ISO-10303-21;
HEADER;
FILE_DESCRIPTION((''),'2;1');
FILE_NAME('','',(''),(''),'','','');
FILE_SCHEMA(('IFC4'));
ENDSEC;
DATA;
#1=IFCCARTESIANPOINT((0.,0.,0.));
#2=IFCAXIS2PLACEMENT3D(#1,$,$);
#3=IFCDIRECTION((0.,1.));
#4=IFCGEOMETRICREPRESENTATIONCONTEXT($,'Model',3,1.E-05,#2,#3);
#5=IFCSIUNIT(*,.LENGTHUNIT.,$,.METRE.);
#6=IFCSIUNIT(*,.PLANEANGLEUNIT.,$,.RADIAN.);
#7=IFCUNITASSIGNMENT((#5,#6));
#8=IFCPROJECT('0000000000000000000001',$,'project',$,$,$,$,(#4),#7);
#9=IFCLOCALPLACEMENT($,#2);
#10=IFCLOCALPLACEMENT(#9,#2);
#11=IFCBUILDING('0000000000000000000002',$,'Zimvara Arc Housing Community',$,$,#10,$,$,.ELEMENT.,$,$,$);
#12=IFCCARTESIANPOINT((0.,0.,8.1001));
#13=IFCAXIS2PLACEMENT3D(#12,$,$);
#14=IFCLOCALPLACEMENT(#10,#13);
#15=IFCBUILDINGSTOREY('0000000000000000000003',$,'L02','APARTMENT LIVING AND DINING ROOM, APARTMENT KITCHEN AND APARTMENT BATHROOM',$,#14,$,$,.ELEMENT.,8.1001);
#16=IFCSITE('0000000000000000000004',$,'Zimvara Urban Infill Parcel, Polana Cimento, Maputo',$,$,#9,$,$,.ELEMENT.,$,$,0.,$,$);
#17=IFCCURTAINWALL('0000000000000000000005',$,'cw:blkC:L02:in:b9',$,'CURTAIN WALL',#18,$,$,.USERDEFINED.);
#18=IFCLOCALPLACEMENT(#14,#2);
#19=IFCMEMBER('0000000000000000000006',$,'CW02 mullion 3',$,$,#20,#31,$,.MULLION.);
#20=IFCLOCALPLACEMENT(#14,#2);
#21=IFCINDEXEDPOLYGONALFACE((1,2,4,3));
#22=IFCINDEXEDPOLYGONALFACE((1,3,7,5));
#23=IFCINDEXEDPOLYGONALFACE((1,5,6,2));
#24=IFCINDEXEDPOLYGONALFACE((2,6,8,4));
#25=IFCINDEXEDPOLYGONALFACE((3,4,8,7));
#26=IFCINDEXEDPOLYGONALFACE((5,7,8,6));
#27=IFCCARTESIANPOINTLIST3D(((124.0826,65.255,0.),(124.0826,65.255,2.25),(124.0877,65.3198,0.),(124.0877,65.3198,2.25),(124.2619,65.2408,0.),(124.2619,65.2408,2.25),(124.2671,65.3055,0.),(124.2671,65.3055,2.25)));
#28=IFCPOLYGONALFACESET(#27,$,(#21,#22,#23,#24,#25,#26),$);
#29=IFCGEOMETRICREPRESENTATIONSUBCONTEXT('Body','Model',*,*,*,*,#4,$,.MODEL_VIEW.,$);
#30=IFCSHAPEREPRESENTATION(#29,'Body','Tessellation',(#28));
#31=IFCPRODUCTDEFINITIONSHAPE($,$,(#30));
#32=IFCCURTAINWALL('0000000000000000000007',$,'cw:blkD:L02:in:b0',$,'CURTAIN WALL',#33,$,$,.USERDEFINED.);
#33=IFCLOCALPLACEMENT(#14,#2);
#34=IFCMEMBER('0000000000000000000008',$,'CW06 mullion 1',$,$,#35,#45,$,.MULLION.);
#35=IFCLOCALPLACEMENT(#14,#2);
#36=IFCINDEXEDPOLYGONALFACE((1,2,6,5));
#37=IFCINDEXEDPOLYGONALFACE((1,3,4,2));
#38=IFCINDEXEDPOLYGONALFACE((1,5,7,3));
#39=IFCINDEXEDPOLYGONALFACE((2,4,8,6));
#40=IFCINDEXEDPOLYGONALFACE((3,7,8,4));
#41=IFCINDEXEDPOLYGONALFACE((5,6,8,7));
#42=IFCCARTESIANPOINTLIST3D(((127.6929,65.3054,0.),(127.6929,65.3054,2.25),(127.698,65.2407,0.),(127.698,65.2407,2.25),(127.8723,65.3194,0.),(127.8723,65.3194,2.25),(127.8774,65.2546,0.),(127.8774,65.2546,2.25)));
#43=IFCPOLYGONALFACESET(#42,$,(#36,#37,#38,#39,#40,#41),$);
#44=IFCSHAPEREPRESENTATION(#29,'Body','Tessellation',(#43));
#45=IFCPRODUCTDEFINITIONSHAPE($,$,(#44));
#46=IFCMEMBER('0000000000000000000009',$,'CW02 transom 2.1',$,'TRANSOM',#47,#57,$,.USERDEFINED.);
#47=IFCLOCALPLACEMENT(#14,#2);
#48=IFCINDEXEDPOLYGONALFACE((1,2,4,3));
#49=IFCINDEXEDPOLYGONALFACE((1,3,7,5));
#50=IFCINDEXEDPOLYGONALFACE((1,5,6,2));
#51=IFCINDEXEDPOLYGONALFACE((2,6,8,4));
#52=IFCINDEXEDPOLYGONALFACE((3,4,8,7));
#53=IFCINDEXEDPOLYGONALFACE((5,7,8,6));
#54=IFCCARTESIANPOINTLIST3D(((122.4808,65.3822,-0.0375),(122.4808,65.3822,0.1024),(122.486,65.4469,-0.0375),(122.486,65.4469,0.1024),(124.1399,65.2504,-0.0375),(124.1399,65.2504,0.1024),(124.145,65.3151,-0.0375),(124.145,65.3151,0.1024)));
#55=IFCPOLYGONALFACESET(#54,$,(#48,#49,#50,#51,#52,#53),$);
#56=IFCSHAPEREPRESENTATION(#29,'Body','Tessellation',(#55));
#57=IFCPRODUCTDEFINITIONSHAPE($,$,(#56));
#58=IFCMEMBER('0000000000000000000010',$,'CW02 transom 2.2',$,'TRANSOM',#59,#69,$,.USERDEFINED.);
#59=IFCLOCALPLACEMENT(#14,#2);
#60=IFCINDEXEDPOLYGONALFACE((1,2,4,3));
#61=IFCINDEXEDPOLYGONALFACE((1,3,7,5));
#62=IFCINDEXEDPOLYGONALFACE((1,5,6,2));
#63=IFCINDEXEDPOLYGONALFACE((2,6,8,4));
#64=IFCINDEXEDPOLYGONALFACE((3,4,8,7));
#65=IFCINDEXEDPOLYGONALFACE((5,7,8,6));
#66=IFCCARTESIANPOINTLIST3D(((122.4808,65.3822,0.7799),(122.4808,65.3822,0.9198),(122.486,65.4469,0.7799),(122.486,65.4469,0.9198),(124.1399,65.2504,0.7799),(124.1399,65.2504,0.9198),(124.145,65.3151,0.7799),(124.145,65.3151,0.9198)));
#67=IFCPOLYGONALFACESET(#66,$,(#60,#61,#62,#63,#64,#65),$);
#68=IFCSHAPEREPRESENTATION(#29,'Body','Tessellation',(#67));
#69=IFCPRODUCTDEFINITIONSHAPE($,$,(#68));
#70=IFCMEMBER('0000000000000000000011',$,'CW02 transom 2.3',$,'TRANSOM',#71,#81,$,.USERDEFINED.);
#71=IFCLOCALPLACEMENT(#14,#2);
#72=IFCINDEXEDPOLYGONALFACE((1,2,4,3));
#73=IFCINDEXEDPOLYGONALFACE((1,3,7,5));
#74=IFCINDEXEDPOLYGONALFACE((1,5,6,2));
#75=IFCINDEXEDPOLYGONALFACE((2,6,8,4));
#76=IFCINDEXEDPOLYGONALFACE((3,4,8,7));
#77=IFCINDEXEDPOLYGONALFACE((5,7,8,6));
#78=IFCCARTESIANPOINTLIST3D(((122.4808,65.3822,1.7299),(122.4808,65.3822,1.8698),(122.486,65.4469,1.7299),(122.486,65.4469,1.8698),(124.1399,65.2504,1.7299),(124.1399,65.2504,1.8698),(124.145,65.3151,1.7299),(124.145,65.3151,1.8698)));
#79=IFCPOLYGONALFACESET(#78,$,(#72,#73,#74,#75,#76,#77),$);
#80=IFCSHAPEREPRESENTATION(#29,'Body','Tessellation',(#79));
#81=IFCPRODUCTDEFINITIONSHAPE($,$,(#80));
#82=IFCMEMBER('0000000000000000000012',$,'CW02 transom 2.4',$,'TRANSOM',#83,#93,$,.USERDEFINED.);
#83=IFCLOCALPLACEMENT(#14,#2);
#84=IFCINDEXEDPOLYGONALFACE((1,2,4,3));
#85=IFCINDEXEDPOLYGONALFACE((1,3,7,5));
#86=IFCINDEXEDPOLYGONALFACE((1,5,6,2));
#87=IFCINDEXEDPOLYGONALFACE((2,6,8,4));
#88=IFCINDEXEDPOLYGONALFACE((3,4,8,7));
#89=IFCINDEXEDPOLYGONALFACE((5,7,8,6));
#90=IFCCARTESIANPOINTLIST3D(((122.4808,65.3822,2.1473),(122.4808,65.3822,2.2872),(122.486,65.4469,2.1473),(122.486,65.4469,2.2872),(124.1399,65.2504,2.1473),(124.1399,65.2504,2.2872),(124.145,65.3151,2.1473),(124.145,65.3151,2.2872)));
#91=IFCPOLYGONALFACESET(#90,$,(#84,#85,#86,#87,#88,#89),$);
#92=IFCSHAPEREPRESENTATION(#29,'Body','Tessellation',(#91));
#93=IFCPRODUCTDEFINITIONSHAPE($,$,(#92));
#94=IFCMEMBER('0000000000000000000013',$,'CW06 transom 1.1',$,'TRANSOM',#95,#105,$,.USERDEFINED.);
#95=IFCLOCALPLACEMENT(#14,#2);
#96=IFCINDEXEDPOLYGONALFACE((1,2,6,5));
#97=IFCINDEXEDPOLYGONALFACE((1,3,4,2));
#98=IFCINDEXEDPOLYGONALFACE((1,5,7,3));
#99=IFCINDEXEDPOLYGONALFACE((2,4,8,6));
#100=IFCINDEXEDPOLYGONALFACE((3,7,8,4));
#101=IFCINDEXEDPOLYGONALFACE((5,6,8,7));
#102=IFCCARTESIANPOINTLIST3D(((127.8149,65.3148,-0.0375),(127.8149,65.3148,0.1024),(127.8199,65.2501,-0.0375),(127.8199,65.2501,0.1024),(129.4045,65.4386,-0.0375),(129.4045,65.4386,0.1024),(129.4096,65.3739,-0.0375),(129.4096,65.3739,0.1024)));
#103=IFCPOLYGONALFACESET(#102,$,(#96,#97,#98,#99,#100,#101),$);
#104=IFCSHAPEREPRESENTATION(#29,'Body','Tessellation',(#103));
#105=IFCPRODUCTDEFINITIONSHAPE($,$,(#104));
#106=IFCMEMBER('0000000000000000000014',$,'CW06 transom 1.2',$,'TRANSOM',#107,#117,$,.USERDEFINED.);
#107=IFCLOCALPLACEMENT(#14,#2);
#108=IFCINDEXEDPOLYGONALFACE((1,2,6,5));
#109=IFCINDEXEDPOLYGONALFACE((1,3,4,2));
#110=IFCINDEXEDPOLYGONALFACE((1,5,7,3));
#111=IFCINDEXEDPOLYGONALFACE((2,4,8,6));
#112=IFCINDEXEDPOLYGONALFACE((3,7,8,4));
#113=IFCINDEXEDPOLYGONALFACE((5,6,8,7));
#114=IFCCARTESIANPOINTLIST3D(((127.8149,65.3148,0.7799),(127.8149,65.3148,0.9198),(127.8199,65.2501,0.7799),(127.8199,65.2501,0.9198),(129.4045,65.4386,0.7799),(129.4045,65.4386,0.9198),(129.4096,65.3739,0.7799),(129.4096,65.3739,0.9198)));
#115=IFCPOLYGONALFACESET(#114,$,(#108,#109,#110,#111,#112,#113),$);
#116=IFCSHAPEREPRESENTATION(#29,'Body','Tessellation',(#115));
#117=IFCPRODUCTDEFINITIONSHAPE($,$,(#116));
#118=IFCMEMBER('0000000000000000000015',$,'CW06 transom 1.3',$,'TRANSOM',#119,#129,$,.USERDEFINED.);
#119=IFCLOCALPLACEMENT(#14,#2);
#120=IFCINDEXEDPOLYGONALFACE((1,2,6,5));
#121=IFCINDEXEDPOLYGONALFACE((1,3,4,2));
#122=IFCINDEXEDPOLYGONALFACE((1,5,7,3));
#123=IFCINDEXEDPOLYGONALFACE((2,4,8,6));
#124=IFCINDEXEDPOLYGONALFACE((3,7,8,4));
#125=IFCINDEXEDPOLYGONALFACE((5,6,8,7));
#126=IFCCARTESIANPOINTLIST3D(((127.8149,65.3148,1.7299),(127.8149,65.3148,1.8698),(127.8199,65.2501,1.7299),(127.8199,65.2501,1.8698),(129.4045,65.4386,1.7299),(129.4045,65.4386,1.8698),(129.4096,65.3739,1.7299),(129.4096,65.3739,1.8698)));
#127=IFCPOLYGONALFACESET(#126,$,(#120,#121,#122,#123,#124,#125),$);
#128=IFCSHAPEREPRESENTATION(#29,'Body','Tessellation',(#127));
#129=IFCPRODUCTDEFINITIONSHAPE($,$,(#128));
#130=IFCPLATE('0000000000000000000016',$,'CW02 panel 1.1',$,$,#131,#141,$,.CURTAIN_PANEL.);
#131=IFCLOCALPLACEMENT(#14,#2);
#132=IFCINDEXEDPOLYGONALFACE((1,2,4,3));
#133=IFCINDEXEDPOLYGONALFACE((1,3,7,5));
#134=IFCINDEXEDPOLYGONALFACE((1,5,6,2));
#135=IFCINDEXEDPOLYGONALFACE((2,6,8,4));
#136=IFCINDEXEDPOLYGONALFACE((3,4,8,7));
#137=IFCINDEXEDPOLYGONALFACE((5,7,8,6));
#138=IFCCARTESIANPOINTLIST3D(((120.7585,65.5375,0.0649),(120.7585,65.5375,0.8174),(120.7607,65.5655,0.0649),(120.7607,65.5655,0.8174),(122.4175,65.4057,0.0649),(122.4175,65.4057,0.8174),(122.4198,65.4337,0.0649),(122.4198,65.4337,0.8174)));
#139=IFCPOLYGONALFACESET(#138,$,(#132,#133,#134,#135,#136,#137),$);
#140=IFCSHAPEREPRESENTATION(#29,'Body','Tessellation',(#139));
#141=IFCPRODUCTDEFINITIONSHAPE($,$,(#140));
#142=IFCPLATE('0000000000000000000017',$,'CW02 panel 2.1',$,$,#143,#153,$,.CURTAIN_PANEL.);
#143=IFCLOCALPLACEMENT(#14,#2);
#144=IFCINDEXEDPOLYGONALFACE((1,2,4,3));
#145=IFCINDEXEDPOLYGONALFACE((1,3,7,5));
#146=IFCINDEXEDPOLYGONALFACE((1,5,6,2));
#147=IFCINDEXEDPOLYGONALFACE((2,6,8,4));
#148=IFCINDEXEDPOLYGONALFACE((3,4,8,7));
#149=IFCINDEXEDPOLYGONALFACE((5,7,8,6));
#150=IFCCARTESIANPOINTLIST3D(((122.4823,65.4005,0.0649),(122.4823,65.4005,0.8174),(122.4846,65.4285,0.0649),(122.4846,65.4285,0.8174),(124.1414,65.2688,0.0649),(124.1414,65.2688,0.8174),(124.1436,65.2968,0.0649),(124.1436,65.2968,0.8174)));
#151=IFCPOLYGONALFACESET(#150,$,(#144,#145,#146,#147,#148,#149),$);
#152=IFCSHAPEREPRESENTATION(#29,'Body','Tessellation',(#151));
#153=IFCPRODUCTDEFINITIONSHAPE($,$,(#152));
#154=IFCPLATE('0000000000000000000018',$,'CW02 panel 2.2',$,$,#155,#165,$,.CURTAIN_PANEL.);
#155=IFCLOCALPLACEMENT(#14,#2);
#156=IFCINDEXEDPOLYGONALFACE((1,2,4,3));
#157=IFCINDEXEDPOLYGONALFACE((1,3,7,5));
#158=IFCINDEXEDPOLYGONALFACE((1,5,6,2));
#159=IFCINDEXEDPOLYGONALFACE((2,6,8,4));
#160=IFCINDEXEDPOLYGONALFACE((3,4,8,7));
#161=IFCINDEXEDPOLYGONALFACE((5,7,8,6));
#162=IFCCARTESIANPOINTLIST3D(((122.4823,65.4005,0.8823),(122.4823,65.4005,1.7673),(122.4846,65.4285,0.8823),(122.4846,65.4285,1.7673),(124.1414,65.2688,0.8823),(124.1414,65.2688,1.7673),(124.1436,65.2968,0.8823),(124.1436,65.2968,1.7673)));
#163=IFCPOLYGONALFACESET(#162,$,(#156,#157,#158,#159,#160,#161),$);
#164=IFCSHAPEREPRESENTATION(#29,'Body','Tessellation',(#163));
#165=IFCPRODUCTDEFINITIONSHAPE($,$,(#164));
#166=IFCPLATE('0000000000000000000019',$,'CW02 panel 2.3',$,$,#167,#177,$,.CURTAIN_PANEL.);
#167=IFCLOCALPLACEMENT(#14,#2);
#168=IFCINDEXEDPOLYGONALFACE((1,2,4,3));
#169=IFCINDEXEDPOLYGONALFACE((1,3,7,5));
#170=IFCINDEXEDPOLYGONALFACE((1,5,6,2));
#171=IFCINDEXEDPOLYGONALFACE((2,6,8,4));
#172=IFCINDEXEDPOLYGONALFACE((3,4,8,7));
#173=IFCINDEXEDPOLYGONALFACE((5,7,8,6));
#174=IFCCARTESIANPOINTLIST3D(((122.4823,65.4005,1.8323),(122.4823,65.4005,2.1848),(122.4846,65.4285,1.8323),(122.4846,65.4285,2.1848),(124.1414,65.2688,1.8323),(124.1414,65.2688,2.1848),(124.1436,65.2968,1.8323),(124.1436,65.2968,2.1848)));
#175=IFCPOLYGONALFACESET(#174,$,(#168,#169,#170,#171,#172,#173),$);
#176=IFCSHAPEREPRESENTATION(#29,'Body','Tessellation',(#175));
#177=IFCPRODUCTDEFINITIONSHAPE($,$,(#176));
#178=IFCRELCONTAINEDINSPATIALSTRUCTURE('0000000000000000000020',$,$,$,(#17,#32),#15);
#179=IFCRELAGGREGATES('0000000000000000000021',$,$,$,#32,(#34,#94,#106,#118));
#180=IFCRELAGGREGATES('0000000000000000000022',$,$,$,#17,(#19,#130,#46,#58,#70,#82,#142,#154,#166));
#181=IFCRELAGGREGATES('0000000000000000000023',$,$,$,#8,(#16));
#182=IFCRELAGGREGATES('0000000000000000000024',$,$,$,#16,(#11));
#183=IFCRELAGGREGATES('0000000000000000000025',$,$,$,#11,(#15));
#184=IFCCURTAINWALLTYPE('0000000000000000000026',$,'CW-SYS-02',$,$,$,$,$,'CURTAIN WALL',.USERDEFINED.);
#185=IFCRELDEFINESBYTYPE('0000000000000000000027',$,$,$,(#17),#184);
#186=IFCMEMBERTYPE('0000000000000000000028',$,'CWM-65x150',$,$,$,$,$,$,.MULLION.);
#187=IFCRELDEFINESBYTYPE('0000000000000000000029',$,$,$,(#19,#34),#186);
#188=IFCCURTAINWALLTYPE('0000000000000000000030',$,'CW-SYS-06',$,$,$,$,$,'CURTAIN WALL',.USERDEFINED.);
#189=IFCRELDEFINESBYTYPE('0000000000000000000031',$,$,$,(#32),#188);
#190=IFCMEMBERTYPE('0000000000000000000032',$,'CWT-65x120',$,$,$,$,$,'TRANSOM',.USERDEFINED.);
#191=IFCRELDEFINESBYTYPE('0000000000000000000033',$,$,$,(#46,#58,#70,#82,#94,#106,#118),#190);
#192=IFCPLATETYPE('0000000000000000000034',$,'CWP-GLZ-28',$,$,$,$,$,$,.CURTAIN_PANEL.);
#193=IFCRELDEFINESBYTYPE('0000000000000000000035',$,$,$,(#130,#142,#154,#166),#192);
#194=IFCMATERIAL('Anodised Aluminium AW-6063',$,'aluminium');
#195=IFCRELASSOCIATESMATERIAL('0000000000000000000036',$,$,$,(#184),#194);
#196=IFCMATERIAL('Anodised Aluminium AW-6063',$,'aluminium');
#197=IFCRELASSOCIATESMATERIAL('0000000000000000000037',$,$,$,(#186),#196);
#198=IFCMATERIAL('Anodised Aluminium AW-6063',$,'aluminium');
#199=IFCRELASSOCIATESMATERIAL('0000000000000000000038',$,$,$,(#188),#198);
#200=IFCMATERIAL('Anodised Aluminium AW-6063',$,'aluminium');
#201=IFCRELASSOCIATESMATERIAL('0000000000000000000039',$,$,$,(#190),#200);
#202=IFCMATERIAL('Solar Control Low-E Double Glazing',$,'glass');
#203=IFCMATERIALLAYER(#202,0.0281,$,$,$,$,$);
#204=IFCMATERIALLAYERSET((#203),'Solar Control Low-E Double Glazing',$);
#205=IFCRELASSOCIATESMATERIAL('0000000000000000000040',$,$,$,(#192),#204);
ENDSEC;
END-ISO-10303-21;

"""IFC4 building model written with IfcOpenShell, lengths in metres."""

from ifc_helpers import new_model, si_unit, direction, frame, origin, origin_2d, place, context, subcontext, project, spatial, rectangle, extrude, material, layer, layer_set, material_profile, profile_set, type_object, element, aggregate, save


model = new_model("IFC4")

# Units and contexts
model_context = context("Model", 3, precision=1e-05, world=origin(), true_north=direction((0.0, 1.0)))
body_context = subcontext(model_context, "Body", "Model", "MODEL_VIEW")
ifc_project = project(units=[si_unit("LENGTHUNIT", "METRE"), si_unit("PLANEANGLEUNIT", "RADIAN")], contexts=[model_context])

# Site, building, storey
site_placement = place(None, origin())
site = spatial("IfcSite", under=ifc_project, at=site_placement, Name="Zimvara Urban Infill Parcel, Polana Cimento, Maputo", CompositionType="ELEMENT", RefElevation=0.0)
building_placement = place(site_placement, origin())
building = spatial("IfcBuilding", under=site, at=building_placement, Name="Zimvara Arc Housing Community", CompositionType="ELEMENT")
storey_placement = place(building_placement, frame((0.0, 0.0, 8.1001)))
storey = spatial("IfcBuildingStorey", under=building, at=storey_placement, Name="L02", Description="APARTMENT LIVING AND DINING ROOM, APARTMENT KITCHEN AND APARTMENT BATHROOM", CompositionType="ELEMENT", Elevation=8.1001)

# Curtain wall, member
ifc_material_1 = material(Name="Anodised Aluminium AW-6063", Category="aluminium")
curtain_wall_type_1 = type_object("IfcCurtainWallType", Name="CW-SYS-02", ElementType="CURTAIN WALL", PredefinedType="USERDEFINED", material=ifc_material_1)
curtain_wall_1_placement = place(storey_placement, origin())
curtain_wall_1 = element("IfcCurtainWall", 1, at=curtain_wall_1_placement, inside=storey, type_object=curtain_wall_type_1, Name="cw:blkC:L02:in:b9", ObjectType="CURTAIN WALL", PredefinedType="USERDEFINED")
ifc_material_2 = material(Name="Anodised Aluminium AW-6063", Category="aluminium")
ifc_material_profile_1 = material_profile(ifc_material_2, rectangle(XDim=0.0649, YDim=0.1799, at=origin_2d()), Name="ALU 65x180")
ifc_profile_set_1 = profile_set([ifc_material_profile_1], Name="Anodised Aluminium AW-6063")
member_type_1 = type_object("IfcMemberType", Name="CWM-65x150", PredefinedType="MULLION", material=ifc_profile_set_1)
member_1_placement = place(storey_placement, frame((124.1748, 65.2803, 0.0), z_axis=(0.0, 0.0, 1.0), x_axis=(0.079155, 0.996862, 0.0)))
member_1 = element("IfcMember", 2, at=member_1_placement, type_object=member_type_1, Name="CW02 mullion 3", PredefinedType="MULLION", context=body_context, shape_type="SweptSolid", body=[
    extrude(rectangle(XDim=0.0649, YDim=0.1799, at=origin_2d()), origin(), (0.0, 0.0, 1.0), 2.25),
])

# Curtain wall, member
ifc_material_3 = material(Name="Anodised Aluminium AW-6063", Category="aluminium")
curtain_wall_type_2 = type_object("IfcCurtainWallType", Name="CW-SYS-06", ElementType="CURTAIN WALL", PredefinedType="USERDEFINED", material=ifc_material_3)
curtain_wall_2_placement = place(storey_placement, origin())
curtain_wall_2 = element("IfcCurtainWall", 3, at=curtain_wall_2_placement, inside=storey, type_object=curtain_wall_type_2, Name="cw:blkD:L02:in:b0", ObjectType="CURTAIN WALL", PredefinedType="USERDEFINED")
member_2_placement = place(storey_placement, frame((127.7852, 65.28, 0.0), z_axis=(0.0, 0.0, 1.0), x_axis=(-0.07759, 0.996985, 0.0)))
member_2 = element("IfcMember", 4, at=member_2_placement, type_object=member_type_1, Name="CW06 mullion 1", PredefinedType="MULLION", context=body_context, shape_type="SweptSolid", body=[
    extrude(rectangle(XDim=0.0649, YDim=0.1799, at=origin_2d()), origin(), (0.0, 0.0, 1.0), 2.25),
])

# Members
ifc_material_4 = material(Name="Anodised Aluminium AW-6063", Category="aluminium")
ifc_material_profile_2 = material_profile(ifc_material_4, rectangle(XDim=0.0649, YDim=0.1399, at=origin_2d()), Name="ALU 65x140")
ifc_profile_set_2 = profile_set([ifc_material_profile_2], Name="Anodised Aluminium AW-6063")
member_type_2 = type_object("IfcMemberType", Name="CWT-65x120", ElementType="TRANSOM", PredefinedType="USERDEFINED", material=ifc_profile_set_2)
member_3_placement = place(storey_placement, frame((122.4834, 65.4146, 0.0325), z_axis=(0.996858, -0.079209, 0.0), x_axis=(0.079209, 0.996858, 0.0)))
member_3 = element("IfcMember", 5, at=member_3_placement, type_object=member_type_2, Name="CW02 transom 2.1", ObjectType="TRANSOM", PredefinedType="USERDEFINED", context=body_context, shape_type="SweptSolid", body=[
    extrude(rectangle(XDim=0.0649, YDim=0.1399, at=origin_2d()), origin(), (0.0, 0.0, 1.0), 1.6643),
])
member_4_placement = place(storey_placement, frame((122.4834, 65.4146, 0.8499), z_axis=(0.996858, -0.079209, 0.0), x_axis=(0.079209, 0.996858, 0.0)))
member_4 = element("IfcMember", 6, at=member_4_placement, type_object=member_type_2, Name="CW02 transom 2.2", ObjectType="TRANSOM", PredefinedType="USERDEFINED", context=body_context, shape_type="SweptSolid", body=[
    extrude(rectangle(XDim=0.0649, YDim=0.1399, at=origin_2d()), origin(), (0.0, 0.0, 1.0), 1.6643),
])
member_5_placement = place(storey_placement, frame((122.4834, 65.4146, 1.7998), z_axis=(0.996858, -0.079209, 0.0), x_axis=(0.079209, 0.996858, 0.0)))
member_5 = element("IfcMember", 7, at=member_5_placement, type_object=member_type_2, Name="CW02 transom 2.3", ObjectType="TRANSOM", PredefinedType="USERDEFINED", context=body_context, shape_type="SweptSolid", body=[
    extrude(rectangle(XDim=0.0649, YDim=0.1399, at=origin_2d()), origin(), (0.0, 0.0, 1.0), 1.6643),
])
member_6_placement = place(storey_placement, frame((122.4834, 65.4146, 2.2173), z_axis=(0.996858, -0.079209, 0.0), x_axis=(0.079209, 0.996858, 0.0)))
member_6 = element("IfcMember", 8, at=member_6_placement, type_object=member_type_2, Name="CW02 transom 2.4", ObjectType="TRANSOM", PredefinedType="USERDEFINED", context=body_context, shape_type="SweptSolid", body=[
    extrude(rectangle(XDim=0.0649, YDim=0.1399, at=origin_2d()), origin(), (0.0, 0.0, 1.0), 1.6643),
])
member_7_placement = place(storey_placement, frame((127.8174, 65.2825, 0.0325), z_axis=(0.996982, 0.077633, 0.0), x_axis=(-0.077633, 0.996982, 0.0)))
member_7 = element("IfcMember", 9, at=member_7_placement, type_object=member_type_2, Name="CW06 transom 1.1", ObjectType="TRANSOM", PredefinedType="USERDEFINED", context=body_context, shape_type="SweptSolid", body=[
    extrude(rectangle(XDim=0.0649, YDim=0.1399, at=origin_2d()), origin(), (0.0, 0.0, 1.0), 1.5945),
])
member_8_placement = place(storey_placement, frame((127.8174, 65.2825, 0.8499), z_axis=(0.996982, 0.077633, 0.0), x_axis=(-0.077633, 0.996982, 0.0)))
member_8 = element("IfcMember", 10, at=member_8_placement, type_object=member_type_2, Name="CW06 transom 1.2", ObjectType="TRANSOM", PredefinedType="USERDEFINED", context=body_context, shape_type="SweptSolid", body=[
    extrude(rectangle(XDim=0.0649, YDim=0.1399, at=origin_2d()), origin(), (0.0, 0.0, 1.0), 1.5945),
])
member_9_placement = place(storey_placement, frame((127.8174, 65.2825, 1.7998), z_axis=(0.996982, 0.077633, 0.0), x_axis=(-0.077633, 0.996982, 0.0)))
member_9 = element("IfcMember", 11, at=member_9_placement, type_object=member_type_2, Name="CW06 transom 1.3", ObjectType="TRANSOM", PredefinedType="USERDEFINED", context=body_context, shape_type="SweptSolid", body=[
    extrude(rectangle(XDim=0.0649, YDim=0.1399, at=origin_2d()), origin(), (0.0, 0.0, 1.0), 1.5945),
])
aggregate(curtain_wall_2, [member_2, member_7, member_8, member_9])

# Plates
ifc_material_5 = material(Name="Solar Control Low-E Double Glazing", Category="glass")
ifc_layer_1 = layer(ifc_material_5, 0.0281)
ifc_layer_set_1 = layer_set([ifc_layer_1], Name="Solar Control Low-E Double Glazing")
plate_type = type_object("IfcPlateType", Name="CWP-GLZ-28", PredefinedType="CURTAIN_PANEL", material=ifc_layer_set_1)
plate_1_placement = place(storey_placement, frame((121.5891, 65.4856, 0.0649), z_axis=(0.0, 0.0, 1.0), x_axis=(0.996862, -0.079155, 0.0)))
plate_1 = element("IfcPlate", 12, at=plate_1_placement, type_object=plate_type, Name="CW02 panel 1.1", PredefinedType="CURTAIN_PANEL", context=body_context, shape_type="SweptSolid", body=[
    extrude(rectangle(XDim=1.6643, YDim=0.0281, at=origin_2d()), origin(), (0.0, 0.0, 1.0), 0.7524),
])
plate_2_placement = place(storey_placement, frame((123.313, 65.3486, 0.0649), z_axis=(0.0, 0.0, 1.0), x_axis=(0.996862, -0.079155, 0.0)))
plate_2 = element("IfcPlate", 13, at=plate_2_placement, type_object=plate_type, Name="CW02 panel 2.1", PredefinedType="CURTAIN_PANEL", context=body_context, shape_type="SweptSolid", body=[
    extrude(rectangle(XDim=1.6643, YDim=0.0281, at=origin_2d()), origin(), (0.0, 0.0, 1.0), 0.7524),
])
plate_3_placement = place(storey_placement, frame((123.313, 65.3486, 0.8823), z_axis=(0.0, 0.0, 1.0), x_axis=(0.996862, -0.079155, 0.0)))
plate_3 = element("IfcPlate", 14, at=plate_3_placement, type_object=plate_type, Name="CW02 panel 2.2", PredefinedType="CURTAIN_PANEL", context=body_context, shape_type="SweptSolid", body=[
    extrude(rectangle(XDim=1.6643, YDim=0.0281, at=origin_2d()), origin(), (0.0, 0.0, 1.0), 0.885),
])
plate_4_placement = place(storey_placement, frame((123.313, 65.3486, 1.8323), z_axis=(0.0, 0.0, 1.0), x_axis=(0.996862, -0.079155, 0.0)))
plate_4 = element("IfcPlate", 15, at=plate_4_placement, type_object=plate_type, Name="CW02 panel 2.3", PredefinedType="CURTAIN_PANEL", context=body_context, shape_type="SweptSolid", body=[
    extrude(rectangle(XDim=1.6643, YDim=0.0281, at=origin_2d()), origin(), (0.0, 0.0, 1.0), 0.3525),
])
aggregate(curtain_wall_1, [member_1, plate_1, member_3, member_4, member_5, member_6, plate_2, plate_3, plate_4])

save(model, "model.ifc")
